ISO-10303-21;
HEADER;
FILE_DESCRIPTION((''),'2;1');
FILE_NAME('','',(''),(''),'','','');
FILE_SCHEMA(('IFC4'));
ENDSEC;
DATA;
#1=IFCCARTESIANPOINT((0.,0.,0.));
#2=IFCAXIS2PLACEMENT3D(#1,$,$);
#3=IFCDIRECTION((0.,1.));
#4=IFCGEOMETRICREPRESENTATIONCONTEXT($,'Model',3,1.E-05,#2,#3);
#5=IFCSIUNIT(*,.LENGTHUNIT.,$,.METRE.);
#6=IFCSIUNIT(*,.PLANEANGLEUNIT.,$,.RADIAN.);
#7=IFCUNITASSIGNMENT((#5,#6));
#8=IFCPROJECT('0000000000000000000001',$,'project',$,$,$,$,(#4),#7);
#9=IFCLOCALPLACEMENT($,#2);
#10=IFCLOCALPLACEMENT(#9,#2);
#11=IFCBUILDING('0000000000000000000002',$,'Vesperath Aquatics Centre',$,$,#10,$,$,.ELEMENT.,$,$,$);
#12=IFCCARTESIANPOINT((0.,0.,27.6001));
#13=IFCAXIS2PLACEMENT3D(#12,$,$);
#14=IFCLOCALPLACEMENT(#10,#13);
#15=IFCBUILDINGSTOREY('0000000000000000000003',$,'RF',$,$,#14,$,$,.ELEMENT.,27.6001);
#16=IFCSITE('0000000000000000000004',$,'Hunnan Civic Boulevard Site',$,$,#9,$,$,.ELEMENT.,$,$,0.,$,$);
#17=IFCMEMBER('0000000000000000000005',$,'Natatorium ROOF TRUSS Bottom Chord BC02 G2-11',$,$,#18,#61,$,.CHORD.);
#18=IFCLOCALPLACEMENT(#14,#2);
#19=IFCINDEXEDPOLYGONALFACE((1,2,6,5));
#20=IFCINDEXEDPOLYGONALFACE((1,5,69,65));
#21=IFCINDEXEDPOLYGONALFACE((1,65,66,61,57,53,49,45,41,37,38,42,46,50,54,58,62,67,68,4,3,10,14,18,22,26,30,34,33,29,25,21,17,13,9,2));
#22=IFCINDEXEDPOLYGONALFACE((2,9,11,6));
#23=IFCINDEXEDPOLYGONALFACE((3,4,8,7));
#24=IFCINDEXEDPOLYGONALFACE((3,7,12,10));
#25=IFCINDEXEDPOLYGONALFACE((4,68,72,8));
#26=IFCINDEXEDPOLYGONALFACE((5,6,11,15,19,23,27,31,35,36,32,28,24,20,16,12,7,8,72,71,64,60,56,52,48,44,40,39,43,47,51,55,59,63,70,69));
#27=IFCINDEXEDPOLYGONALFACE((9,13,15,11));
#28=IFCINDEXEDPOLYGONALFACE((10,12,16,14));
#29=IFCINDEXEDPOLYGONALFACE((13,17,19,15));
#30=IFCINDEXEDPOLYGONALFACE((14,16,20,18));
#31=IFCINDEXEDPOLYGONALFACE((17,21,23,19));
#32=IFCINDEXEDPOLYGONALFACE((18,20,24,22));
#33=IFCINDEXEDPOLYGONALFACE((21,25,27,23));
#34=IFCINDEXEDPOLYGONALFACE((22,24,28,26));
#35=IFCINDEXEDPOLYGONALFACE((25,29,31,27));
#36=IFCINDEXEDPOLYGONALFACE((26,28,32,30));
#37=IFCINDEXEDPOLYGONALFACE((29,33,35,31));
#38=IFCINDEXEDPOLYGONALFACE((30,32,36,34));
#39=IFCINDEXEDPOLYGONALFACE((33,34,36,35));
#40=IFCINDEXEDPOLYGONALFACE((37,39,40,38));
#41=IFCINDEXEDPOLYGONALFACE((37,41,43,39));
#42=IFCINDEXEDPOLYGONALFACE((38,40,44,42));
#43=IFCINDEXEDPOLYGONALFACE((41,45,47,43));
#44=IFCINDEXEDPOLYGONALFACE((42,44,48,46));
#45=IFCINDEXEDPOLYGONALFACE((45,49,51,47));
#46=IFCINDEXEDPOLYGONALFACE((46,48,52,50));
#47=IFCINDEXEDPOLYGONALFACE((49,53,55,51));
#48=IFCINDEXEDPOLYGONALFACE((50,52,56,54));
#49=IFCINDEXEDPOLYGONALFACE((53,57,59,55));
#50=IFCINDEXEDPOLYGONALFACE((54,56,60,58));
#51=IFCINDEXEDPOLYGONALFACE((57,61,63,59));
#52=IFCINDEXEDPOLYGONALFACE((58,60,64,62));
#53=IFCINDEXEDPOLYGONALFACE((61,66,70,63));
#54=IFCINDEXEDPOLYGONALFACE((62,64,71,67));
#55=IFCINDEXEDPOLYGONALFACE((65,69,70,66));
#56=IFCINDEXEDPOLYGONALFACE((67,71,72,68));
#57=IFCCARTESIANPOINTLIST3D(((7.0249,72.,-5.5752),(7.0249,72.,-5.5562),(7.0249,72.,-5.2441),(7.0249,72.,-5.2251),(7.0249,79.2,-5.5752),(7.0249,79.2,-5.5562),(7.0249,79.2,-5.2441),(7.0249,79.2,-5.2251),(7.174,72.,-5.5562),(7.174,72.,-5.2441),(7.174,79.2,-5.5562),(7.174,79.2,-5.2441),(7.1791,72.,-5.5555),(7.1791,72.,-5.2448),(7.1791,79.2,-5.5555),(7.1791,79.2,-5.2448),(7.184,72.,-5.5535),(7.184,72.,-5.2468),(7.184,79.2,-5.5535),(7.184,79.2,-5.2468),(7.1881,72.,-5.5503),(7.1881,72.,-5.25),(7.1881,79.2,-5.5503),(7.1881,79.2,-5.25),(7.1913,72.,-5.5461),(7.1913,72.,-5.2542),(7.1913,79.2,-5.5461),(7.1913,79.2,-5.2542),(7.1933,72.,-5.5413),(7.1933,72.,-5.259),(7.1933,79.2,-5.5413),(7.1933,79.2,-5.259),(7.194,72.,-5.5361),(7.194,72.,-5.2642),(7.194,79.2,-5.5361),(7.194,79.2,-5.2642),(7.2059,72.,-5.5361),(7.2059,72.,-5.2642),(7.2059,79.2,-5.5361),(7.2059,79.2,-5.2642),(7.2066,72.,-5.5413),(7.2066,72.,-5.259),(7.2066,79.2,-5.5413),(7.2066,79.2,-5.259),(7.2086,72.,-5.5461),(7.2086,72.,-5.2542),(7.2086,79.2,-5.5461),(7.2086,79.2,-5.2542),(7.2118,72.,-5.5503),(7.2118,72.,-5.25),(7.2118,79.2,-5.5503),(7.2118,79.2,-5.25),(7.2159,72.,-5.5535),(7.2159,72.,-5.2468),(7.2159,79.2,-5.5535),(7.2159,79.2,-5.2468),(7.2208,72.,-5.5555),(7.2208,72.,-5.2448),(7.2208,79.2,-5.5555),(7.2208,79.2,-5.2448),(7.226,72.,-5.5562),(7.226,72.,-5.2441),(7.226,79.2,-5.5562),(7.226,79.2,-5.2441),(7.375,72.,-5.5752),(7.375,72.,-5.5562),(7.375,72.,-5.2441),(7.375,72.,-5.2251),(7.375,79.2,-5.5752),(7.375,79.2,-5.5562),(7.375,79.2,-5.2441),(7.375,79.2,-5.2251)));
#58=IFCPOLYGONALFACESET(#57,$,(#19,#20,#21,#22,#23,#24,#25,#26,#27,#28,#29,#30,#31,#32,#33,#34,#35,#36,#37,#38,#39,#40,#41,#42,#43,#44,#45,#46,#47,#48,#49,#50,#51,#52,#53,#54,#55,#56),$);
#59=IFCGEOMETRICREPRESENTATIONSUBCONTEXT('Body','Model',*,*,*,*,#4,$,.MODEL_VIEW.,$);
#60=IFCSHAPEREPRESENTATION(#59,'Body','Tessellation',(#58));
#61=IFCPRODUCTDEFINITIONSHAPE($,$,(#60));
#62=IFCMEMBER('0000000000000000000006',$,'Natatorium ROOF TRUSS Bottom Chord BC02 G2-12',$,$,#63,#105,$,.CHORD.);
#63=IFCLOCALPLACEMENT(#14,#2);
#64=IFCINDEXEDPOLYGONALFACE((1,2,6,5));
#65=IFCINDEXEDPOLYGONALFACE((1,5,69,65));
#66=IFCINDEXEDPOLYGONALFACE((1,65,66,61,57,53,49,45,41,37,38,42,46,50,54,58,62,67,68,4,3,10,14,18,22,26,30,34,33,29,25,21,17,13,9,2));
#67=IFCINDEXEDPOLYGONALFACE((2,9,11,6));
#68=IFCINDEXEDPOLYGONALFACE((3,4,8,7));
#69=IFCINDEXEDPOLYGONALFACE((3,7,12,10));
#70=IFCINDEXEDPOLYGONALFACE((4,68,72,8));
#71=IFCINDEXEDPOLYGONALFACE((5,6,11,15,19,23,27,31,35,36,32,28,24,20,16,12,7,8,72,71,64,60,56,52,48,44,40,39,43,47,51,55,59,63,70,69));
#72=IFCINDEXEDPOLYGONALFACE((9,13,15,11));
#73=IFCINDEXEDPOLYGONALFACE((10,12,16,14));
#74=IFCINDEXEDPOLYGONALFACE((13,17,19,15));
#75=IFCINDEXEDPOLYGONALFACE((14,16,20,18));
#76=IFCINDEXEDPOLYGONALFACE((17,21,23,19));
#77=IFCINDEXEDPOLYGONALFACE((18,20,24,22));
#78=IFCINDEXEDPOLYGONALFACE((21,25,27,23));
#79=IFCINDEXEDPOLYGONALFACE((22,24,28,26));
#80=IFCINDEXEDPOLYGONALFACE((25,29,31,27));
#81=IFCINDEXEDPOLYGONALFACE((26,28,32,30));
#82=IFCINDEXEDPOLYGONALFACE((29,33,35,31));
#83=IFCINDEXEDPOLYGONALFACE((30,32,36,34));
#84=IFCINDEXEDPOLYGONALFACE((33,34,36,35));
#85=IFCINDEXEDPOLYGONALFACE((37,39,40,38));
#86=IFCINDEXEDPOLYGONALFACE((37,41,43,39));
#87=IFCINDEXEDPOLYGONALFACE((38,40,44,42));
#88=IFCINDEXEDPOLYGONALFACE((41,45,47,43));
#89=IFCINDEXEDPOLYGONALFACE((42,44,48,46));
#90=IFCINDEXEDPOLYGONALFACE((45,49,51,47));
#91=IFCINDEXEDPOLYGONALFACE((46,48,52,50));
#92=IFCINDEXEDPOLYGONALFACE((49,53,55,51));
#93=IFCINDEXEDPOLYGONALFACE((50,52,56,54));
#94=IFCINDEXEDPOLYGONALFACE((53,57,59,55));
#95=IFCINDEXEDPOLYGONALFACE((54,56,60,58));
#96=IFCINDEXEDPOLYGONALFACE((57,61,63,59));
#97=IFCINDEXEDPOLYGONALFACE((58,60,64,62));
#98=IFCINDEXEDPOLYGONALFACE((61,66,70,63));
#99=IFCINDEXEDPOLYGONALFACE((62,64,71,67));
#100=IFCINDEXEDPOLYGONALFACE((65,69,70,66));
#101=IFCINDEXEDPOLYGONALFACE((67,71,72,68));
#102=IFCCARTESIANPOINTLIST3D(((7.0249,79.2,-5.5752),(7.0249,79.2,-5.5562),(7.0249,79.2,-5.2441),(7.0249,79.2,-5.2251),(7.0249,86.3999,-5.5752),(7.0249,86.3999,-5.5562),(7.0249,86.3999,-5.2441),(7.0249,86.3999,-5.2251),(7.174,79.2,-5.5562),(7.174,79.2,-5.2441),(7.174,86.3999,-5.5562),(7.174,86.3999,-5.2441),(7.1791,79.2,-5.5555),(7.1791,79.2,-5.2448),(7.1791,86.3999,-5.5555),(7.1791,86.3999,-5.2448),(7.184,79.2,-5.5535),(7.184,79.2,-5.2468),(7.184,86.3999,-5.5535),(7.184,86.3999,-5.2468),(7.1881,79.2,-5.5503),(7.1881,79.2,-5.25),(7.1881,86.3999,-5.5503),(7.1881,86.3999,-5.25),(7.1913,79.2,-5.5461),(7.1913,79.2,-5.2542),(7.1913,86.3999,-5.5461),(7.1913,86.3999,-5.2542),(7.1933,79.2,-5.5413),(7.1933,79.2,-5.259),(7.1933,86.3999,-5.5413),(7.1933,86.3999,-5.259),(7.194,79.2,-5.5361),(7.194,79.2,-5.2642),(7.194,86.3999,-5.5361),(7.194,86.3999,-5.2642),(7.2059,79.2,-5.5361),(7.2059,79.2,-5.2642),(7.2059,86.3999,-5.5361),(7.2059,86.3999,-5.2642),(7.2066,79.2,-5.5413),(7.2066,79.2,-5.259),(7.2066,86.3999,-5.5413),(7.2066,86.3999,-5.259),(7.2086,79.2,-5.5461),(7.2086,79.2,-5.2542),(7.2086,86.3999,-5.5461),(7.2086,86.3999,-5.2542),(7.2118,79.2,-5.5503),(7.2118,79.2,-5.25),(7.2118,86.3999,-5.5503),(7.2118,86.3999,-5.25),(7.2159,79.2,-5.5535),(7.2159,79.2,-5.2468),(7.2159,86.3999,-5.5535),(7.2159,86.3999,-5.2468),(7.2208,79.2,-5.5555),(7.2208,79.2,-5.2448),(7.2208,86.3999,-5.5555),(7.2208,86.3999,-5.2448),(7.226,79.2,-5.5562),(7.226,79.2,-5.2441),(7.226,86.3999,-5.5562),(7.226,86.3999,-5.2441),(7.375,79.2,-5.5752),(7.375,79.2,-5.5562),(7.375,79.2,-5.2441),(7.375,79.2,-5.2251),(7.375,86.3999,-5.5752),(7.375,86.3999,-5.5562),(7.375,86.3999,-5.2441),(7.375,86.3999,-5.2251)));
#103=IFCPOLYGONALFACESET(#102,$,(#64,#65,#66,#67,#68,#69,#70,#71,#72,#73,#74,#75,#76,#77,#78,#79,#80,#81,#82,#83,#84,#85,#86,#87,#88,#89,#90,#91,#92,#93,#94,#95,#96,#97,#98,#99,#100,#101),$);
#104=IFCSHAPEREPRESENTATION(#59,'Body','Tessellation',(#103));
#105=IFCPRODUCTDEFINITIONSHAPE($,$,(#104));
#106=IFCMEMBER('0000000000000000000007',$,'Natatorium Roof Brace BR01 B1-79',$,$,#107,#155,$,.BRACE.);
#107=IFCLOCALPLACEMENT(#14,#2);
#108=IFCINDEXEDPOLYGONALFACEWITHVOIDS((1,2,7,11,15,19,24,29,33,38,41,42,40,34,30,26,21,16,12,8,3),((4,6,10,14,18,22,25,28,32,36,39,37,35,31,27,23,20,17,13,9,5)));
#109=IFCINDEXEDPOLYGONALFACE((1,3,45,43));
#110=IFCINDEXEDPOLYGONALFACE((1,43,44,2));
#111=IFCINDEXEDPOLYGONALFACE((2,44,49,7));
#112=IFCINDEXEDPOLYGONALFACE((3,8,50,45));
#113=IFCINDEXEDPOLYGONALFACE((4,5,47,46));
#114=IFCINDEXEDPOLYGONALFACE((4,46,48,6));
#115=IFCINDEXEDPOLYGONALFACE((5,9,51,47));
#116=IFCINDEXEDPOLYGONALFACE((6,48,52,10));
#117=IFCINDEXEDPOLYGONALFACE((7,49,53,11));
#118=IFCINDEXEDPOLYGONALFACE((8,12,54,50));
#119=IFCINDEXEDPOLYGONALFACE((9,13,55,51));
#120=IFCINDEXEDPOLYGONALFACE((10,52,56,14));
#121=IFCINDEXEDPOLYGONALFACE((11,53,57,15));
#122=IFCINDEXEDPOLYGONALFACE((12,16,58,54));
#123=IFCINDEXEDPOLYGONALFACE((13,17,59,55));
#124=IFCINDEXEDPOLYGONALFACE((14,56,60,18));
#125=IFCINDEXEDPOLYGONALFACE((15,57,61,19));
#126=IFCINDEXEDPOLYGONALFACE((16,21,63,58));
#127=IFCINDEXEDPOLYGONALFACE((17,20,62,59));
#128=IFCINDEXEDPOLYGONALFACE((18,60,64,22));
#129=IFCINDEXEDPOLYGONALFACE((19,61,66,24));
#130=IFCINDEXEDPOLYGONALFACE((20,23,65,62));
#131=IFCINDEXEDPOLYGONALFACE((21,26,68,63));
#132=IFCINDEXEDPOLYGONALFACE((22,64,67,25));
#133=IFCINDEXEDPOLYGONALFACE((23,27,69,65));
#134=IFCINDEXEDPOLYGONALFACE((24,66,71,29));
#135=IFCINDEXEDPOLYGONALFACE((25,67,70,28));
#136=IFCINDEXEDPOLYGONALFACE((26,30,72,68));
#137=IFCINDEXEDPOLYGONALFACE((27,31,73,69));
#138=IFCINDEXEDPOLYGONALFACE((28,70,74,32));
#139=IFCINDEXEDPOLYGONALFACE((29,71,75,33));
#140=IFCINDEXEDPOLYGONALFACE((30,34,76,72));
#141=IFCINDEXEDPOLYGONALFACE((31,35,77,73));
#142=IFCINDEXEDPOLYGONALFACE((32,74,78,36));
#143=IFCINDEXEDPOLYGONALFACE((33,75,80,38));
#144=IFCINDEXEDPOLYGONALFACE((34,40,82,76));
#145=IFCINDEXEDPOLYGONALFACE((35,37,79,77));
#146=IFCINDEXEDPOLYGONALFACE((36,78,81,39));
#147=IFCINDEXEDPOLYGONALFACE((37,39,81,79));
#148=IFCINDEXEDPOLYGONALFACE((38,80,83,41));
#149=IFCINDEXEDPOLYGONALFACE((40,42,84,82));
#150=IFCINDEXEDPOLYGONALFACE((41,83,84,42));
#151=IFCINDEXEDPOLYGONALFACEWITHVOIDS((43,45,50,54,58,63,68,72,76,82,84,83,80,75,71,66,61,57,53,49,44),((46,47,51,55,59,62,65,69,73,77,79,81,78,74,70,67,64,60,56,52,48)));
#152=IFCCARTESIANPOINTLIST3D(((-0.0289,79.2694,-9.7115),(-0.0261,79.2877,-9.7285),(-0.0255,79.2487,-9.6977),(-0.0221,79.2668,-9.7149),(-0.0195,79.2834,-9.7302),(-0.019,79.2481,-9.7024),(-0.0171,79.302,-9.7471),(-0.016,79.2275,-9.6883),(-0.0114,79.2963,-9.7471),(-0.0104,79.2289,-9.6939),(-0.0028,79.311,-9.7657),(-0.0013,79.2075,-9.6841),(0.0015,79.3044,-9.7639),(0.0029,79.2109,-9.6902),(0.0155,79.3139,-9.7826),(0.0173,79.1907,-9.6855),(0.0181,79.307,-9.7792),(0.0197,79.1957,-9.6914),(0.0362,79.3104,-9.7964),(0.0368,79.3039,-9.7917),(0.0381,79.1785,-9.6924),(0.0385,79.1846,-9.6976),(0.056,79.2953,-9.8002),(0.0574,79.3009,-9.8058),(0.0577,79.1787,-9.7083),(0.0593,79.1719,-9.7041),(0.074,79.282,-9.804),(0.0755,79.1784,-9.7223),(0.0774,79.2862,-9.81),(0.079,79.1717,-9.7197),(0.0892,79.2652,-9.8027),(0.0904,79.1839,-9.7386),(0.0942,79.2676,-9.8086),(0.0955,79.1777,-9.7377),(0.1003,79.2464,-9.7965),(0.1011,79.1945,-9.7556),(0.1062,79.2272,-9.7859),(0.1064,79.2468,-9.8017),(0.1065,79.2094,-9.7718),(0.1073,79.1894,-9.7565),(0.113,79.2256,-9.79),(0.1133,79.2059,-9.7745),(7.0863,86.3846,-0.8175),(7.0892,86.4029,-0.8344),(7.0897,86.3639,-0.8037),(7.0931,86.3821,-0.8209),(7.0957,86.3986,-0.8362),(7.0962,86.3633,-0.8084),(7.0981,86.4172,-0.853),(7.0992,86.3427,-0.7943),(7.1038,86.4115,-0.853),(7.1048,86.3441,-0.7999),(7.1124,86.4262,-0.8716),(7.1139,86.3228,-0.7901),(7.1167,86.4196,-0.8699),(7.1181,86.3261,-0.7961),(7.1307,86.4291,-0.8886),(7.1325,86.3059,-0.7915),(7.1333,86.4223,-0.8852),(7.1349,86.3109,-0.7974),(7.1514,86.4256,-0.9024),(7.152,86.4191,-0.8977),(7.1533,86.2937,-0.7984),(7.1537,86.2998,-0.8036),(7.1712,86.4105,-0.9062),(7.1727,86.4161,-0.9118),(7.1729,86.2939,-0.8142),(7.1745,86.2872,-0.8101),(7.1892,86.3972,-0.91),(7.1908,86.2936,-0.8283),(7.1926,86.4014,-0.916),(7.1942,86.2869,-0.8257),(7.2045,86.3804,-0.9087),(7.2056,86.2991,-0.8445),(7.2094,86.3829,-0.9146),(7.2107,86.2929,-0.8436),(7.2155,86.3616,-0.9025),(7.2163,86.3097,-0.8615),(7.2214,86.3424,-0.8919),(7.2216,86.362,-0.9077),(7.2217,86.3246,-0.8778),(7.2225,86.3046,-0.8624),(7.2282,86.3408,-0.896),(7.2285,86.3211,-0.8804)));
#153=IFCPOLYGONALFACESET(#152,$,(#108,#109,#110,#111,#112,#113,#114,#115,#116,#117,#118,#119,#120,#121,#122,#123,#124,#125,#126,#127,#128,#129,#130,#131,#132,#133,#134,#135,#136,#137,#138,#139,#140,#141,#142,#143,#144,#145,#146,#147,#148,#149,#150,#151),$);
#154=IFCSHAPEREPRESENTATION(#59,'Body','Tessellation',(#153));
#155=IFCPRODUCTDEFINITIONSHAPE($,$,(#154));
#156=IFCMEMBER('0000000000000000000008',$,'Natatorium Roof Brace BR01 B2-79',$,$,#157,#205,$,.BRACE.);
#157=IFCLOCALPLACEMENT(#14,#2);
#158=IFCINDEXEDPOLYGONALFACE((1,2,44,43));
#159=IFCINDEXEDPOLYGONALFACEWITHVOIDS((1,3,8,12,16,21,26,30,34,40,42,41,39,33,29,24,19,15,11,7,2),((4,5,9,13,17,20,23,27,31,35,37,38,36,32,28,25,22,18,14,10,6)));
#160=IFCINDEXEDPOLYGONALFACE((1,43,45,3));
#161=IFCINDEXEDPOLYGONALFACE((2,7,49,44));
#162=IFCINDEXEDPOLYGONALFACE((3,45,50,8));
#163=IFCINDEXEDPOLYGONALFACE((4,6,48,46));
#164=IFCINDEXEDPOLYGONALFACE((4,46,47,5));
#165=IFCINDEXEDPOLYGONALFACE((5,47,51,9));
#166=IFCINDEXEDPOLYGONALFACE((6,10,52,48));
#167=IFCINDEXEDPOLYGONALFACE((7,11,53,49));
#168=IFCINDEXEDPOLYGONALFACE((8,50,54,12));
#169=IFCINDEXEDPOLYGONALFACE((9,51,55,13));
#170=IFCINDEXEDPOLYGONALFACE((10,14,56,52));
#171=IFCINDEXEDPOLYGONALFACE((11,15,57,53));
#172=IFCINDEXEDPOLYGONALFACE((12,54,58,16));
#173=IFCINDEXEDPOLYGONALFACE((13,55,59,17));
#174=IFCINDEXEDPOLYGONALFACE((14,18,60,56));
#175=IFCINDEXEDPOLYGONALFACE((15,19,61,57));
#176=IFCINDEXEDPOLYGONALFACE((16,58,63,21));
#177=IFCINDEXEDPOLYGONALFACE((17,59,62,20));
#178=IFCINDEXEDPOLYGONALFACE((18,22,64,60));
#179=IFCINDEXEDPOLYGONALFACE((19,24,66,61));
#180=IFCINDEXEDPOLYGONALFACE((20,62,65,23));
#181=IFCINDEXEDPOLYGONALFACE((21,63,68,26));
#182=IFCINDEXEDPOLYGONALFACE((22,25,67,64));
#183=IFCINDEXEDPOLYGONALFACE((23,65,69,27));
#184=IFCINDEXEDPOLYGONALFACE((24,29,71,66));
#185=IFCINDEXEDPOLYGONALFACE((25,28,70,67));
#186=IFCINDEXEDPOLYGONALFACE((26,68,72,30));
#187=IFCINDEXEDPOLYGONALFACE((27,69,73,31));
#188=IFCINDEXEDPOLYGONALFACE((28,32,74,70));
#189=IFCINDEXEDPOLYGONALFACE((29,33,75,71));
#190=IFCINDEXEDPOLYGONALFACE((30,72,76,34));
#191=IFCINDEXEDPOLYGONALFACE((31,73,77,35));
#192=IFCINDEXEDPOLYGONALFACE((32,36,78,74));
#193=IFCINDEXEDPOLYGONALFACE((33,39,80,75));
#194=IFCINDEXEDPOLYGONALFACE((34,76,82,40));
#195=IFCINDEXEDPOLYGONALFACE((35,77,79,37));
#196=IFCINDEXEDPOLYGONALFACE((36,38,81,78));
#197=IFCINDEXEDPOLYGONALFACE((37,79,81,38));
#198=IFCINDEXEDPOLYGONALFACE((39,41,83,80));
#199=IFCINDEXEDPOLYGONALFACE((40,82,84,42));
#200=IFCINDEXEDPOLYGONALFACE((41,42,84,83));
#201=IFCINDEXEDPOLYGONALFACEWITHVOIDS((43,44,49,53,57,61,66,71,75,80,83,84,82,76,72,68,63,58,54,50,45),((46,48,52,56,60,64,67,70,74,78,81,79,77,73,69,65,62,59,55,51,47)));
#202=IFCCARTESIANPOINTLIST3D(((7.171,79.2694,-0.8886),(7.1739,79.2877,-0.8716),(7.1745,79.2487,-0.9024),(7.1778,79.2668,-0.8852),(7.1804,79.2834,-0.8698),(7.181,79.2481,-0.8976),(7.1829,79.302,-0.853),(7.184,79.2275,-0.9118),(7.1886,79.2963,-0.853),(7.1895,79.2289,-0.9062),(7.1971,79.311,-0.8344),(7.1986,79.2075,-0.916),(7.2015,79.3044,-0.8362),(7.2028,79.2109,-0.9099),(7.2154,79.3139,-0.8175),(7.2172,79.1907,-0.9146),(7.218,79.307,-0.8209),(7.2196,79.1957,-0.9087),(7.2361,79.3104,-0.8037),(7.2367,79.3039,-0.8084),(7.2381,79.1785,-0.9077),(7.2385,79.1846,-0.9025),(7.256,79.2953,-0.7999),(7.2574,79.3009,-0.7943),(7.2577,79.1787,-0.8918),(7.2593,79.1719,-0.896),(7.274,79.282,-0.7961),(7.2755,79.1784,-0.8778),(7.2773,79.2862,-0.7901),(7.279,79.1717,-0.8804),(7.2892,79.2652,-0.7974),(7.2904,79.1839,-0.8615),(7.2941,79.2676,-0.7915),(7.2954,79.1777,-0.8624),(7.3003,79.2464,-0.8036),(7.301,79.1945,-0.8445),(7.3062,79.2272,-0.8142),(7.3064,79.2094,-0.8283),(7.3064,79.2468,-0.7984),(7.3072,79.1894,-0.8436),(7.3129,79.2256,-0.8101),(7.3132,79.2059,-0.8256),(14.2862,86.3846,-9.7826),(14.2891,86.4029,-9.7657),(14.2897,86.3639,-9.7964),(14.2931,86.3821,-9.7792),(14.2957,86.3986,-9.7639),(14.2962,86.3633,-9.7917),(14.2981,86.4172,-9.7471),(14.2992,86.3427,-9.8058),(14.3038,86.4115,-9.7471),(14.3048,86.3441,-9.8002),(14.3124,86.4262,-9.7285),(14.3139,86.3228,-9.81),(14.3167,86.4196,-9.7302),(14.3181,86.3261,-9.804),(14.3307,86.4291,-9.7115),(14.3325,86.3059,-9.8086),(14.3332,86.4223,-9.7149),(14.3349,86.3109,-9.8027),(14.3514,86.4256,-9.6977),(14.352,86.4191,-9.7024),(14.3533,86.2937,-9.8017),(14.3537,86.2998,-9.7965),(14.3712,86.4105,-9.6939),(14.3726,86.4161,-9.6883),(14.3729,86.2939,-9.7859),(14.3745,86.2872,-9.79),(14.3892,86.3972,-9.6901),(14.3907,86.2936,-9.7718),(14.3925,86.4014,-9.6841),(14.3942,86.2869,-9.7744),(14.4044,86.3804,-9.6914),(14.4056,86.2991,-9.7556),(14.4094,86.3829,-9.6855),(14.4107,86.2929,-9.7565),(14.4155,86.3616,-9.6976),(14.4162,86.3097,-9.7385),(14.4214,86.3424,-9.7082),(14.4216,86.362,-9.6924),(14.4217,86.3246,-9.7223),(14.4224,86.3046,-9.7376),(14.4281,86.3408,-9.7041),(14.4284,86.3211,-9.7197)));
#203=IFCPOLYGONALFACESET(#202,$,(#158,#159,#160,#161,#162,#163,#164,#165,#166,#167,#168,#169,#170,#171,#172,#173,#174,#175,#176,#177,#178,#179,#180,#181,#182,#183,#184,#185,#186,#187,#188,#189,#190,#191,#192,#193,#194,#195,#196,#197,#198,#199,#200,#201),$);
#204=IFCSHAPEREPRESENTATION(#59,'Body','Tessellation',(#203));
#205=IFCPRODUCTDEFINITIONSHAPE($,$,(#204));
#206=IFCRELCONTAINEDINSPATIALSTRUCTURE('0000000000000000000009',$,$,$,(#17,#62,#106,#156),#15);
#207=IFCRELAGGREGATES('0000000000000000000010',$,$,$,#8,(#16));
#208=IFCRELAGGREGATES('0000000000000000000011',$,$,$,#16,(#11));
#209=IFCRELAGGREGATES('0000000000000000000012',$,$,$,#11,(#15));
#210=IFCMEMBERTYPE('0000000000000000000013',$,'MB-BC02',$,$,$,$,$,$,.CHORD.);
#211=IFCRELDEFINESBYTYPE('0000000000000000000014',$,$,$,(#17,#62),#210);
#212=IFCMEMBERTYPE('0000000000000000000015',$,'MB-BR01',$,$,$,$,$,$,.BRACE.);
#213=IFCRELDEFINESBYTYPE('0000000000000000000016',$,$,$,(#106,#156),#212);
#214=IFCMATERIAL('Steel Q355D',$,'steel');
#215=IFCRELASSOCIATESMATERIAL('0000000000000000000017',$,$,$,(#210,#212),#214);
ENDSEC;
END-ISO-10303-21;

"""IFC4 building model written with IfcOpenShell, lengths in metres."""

from ifc_helpers import new_model, si_unit, direction, frame, origin, origin_2d, place, context, subcontext, project, spatial, hollow_circle, i_section, extrude, material, material_profile, profile_set, type_object, element, save


model = new_model("IFC4")

# Units and contexts
model_context = context("Model", 3, precision=1e-05, world=origin(), true_north=direction((0.0, 1.0)))
body_context = subcontext(model_context, "Body", "Model", "MODEL_VIEW")
ifc_project = project(units=[si_unit("LENGTHUNIT", "METRE"), si_unit("PLANEANGLEUNIT", "RADIAN")], contexts=[model_context])

# Site, building, storey
site_placement = place(None, origin())
site = spatial("IfcSite", under=ifc_project, at=site_placement, Name="Hunnan Civic Boulevard Site", CompositionType="ELEMENT", RefElevation=0.0)
building_placement = place(site_placement, origin())
building = spatial("IfcBuilding", under=site, at=building_placement, Name="Vesperath Aquatics Centre", CompositionType="ELEMENT")
storey_placement = place(building_placement, frame((0.0, 0.0, 27.6001)))
storey = spatial("IfcBuildingStorey", under=building, at=storey_placement, Name="RF", CompositionType="ELEMENT", Elevation=27.6001)

# Members
ifc_material_1 = material(Name="Steel Q355D", Category="steel")
ifc_material_profile_1 = material_profile(ifc_material_1, i_section(OverallWidth=0.3501, OverallDepth=0.3501, WebThickness=0.012, FlangeThickness=0.019, FilletRadius=0.02, at=origin_2d()), Name="HW 350x350x12x19")
ifc_profile_set_1 = profile_set([ifc_material_profile_1], Name="Steel Q355D")
member_type_1 = type_object("IfcMemberType", Name="MB-BC02", PredefinedType="CHORD", material=ifc_profile_set_1)
for number, where, z_axis, x_axis, name in (
    (1, (7.2, 72.0, -5.4001), (0.0, 1.0, 0.0), (-1.0, 0.0, 0.0), "Natatorium ROOF TRUSS Bottom Chord BC02 G2-11"),
    (2, (7.2, 79.2, -5.4001), (0.0, 1.0, 0.0), (-1.0, 0.0, 0.0), "Natatorium ROOF TRUSS Bottom Chord BC02 G2-12"),
):
    element("IfcMember", number, at=place(storey_placement, frame(where, z_axis=z_axis, x_axis=x_axis)), inside=storey, type_object=member_type_1, Name=name, PredefinedType="CHORD", context=body_context, shape_type="SweptSolid", body=[
        extrude(i_section(OverallWidth=0.3501, OverallDepth=0.3501, WebThickness=0.012, FlangeThickness=0.019, FilletRadius=0.02, at=origin_2d()), origin(), (0.0, 0.0, 1.0), 7.2),
    ])
ifc_material_profile_2 = material_profile(ifc_material_1, hollow_circle(Radius=0.0842, WallThickness=0.0081, at=origin_2d()), Name="CHS 168.3x8")
ifc_profile_set_2 = profile_set([ifc_material_profile_2], Name="Steel Q355D")
member_type_2 = type_object("IfcMemberType", Name="MB-BR01", PredefinedType="BRACE", material=ifc_profile_set_2)
for number, where, z_axis, x_axis, name in (
    (3, (0.0425, 79.2424, -9.7471), (0.529813, 0.529813, 0.662266), (-0.707107, 0.707107, 0.0), "Natatorium Roof Brace BR01 B1-79"),
    (4, (7.2424, 79.2424, -0.853), (0.529813, 0.529813, -0.662266), (-0.707107, 0.707107, 0.0), "Natatorium Roof Brace BR01 B2-79"),
):
    element("IfcMember", number, at=place(storey_placement, frame(where, z_axis=z_axis, x_axis=x_axis)), inside=storey, type_object=member_type_2, Name=name, PredefinedType="BRACE", context=body_context, shape_type="SweptSolid", body=[
        extrude(hollow_circle(Radius=0.0842, WallThickness=0.0081, at=origin_2d()), origin(), (0.0, 0.0, 1.0), 13.4297),
    ])

save(model, "model.ifc")
